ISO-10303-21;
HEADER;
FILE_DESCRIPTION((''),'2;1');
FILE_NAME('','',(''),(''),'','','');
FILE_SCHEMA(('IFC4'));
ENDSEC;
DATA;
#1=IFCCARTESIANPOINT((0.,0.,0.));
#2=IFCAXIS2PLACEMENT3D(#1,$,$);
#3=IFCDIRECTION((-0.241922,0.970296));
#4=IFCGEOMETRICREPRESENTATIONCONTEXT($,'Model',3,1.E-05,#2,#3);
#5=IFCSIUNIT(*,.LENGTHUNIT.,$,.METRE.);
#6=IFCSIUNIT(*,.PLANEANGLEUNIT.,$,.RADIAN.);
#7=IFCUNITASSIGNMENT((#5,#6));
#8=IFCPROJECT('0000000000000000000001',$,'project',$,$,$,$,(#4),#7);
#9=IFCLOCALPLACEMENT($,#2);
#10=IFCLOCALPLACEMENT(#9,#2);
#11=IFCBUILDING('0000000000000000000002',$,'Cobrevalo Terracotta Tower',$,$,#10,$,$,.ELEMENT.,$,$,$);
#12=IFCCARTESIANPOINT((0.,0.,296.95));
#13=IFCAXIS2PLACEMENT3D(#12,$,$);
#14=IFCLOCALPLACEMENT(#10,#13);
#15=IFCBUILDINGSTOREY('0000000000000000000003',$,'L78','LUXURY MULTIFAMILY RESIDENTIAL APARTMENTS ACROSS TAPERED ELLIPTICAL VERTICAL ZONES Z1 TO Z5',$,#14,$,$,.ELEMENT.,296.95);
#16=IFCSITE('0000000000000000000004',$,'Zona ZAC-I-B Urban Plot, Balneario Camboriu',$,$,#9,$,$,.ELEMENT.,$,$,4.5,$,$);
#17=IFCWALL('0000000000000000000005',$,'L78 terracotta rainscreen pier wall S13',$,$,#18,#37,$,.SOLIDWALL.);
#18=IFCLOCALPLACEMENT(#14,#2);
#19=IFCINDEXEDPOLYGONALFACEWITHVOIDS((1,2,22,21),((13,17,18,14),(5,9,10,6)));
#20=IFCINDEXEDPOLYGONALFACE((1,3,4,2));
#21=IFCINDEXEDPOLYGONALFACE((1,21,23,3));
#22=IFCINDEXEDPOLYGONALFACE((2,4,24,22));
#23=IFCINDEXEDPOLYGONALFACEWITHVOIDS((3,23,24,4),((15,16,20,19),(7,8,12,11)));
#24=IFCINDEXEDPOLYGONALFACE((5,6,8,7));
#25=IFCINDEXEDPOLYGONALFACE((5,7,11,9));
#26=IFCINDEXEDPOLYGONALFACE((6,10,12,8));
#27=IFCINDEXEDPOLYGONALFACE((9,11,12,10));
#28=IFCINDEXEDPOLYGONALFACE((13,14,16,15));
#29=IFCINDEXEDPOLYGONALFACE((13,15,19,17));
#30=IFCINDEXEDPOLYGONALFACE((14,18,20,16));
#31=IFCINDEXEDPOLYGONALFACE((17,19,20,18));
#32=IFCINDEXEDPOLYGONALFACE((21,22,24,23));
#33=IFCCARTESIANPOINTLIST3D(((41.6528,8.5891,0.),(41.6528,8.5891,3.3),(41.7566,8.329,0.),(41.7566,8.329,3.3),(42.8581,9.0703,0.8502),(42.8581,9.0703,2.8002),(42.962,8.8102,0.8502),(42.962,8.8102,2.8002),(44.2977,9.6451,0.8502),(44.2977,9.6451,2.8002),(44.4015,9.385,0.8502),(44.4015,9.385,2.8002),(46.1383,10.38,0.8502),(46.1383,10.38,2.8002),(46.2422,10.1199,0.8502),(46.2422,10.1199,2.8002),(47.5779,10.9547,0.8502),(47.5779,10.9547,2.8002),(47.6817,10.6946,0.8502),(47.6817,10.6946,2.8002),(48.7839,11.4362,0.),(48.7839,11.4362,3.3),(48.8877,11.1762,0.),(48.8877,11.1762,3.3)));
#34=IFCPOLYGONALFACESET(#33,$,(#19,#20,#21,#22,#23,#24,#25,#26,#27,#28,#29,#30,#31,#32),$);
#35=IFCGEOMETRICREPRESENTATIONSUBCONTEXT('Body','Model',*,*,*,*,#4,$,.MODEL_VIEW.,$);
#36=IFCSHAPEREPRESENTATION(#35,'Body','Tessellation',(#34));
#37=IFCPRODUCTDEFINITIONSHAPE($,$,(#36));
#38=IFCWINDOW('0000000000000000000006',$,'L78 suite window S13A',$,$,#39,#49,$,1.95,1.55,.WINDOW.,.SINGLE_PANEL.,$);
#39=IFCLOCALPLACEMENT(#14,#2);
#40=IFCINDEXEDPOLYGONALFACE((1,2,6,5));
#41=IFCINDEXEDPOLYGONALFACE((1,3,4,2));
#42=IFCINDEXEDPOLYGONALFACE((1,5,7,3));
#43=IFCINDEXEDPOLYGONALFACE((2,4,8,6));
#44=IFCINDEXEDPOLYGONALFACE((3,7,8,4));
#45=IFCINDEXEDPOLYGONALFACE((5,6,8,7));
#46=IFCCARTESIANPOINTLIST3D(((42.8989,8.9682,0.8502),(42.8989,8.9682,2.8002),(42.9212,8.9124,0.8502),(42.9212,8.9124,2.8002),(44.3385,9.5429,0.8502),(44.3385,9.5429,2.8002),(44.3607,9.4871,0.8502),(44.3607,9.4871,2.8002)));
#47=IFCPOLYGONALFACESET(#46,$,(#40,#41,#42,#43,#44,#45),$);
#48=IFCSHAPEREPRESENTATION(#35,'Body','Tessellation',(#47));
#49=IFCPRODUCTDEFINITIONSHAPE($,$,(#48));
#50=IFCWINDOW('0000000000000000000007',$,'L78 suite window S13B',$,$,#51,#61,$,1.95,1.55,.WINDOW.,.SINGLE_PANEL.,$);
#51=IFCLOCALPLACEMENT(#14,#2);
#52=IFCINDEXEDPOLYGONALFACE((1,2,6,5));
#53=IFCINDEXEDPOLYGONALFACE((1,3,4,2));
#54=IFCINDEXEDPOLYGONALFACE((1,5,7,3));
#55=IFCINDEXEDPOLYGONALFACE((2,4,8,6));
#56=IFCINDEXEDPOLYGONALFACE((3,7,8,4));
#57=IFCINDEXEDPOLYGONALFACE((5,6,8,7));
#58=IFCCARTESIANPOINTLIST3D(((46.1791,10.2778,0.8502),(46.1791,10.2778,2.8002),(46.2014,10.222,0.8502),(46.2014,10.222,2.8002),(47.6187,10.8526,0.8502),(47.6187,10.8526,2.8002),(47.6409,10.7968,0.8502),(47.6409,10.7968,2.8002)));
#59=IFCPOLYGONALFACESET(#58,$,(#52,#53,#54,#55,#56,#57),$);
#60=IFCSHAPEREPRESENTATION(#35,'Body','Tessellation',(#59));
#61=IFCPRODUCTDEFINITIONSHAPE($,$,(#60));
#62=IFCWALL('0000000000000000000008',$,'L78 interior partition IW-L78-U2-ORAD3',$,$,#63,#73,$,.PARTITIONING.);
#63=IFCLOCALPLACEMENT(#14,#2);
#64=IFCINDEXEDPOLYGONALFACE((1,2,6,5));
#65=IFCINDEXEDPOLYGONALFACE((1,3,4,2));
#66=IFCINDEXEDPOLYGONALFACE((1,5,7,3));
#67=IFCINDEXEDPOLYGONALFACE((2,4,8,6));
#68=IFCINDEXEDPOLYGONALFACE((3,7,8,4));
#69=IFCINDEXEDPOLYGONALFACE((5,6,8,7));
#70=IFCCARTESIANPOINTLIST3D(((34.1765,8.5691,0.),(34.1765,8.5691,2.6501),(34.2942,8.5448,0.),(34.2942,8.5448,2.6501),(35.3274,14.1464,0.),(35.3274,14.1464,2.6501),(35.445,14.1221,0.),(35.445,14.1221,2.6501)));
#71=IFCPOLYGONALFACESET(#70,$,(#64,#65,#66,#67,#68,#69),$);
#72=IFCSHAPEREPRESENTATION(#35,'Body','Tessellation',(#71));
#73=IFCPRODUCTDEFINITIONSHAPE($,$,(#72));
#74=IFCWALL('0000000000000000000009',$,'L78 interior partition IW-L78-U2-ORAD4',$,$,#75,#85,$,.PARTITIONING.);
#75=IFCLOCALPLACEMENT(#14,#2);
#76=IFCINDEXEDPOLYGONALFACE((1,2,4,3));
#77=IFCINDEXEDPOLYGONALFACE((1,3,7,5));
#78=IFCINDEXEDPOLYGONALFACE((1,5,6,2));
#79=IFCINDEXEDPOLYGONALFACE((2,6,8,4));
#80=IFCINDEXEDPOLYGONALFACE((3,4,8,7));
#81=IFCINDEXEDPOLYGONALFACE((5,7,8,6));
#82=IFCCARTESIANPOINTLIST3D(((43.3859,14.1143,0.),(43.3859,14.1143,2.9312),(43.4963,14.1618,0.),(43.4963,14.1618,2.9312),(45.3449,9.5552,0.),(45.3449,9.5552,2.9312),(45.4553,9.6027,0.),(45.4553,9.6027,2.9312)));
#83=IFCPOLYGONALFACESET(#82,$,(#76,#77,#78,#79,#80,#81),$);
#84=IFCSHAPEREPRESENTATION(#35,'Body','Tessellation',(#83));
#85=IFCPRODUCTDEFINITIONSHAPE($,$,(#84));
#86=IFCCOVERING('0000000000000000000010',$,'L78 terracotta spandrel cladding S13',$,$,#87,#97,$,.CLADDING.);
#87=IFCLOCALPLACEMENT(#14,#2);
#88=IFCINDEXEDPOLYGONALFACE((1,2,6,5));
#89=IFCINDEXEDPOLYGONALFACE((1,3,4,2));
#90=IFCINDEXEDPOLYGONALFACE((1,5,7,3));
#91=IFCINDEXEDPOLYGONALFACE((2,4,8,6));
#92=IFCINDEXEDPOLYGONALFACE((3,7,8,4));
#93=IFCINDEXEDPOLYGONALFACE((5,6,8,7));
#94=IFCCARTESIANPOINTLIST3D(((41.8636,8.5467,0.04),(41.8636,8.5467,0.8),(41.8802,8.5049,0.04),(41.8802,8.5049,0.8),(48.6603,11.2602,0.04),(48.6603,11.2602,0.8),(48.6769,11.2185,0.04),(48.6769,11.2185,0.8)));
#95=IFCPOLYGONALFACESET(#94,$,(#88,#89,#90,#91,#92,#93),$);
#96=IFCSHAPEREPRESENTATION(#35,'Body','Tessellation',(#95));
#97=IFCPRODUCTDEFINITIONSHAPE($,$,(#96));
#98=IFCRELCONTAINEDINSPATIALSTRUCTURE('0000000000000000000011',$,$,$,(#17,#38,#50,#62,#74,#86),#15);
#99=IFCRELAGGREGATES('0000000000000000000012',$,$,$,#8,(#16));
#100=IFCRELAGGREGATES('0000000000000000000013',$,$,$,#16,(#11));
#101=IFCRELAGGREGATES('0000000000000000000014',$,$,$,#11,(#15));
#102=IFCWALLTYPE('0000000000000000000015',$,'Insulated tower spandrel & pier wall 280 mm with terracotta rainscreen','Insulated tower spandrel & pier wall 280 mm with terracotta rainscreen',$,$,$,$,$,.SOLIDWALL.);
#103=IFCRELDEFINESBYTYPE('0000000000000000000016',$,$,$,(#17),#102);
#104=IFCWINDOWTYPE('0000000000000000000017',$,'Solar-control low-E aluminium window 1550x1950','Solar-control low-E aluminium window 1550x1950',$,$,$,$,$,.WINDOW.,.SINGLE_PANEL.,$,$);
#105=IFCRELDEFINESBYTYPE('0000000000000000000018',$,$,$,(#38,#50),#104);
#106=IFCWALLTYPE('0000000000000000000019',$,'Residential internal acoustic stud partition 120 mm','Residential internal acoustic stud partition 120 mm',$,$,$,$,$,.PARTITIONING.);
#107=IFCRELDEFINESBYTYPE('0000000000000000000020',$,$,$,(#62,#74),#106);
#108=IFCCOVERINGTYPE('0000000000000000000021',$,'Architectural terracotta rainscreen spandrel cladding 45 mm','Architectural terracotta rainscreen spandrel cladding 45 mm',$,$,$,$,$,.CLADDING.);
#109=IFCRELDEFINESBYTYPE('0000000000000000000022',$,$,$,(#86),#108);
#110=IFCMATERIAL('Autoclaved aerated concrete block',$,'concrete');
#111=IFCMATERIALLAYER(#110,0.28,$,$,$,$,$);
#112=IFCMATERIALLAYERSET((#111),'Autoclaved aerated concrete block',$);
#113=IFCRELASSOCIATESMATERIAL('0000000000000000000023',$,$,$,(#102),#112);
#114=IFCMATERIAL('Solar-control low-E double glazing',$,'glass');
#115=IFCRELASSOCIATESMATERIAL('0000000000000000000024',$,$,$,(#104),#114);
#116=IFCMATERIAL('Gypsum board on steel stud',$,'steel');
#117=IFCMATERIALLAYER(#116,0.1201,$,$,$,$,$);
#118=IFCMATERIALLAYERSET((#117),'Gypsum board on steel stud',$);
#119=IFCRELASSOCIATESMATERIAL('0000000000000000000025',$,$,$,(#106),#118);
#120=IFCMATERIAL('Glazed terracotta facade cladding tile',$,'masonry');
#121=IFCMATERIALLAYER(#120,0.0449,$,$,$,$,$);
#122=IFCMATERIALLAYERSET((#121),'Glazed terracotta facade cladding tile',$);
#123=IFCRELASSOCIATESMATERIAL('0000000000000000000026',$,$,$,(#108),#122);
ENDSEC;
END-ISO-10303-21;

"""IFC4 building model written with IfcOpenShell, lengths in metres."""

from ifc_helpers import new_model, si_unit, direction, frame, frame_2d, origin, origin_2d, place, context, subcontext, project, spatial, rectangle, extrude, source, transform, mapped, material, layer, layer_set, type_object, element, fill, save


model = new_model("IFC4")

# Units and contexts
model_context = context("Model", 3, precision=1e-05, world=origin(), true_north=direction((-0.241922, 0.970296)))
body_context = subcontext(model_context, "Body", "Model", "MODEL_VIEW")
ifc_project = project(units=[si_unit("LENGTHUNIT", "METRE"), si_unit("PLANEANGLEUNIT", "RADIAN")], contexts=[model_context])

# Site, building, storey
site_placement = place(None, origin())
site = spatial("IfcSite", under=ifc_project, at=site_placement, Name="Zona ZAC-I-B Urban Plot, Balneario Camboriu", CompositionType="ELEMENT", RefElevation=4.5)
building_placement = place(site_placement, origin())
building = spatial("IfcBuilding", under=site, at=building_placement, Name="Cobrevalo Terracotta Tower", CompositionType="ELEMENT")
storey_placement = place(building_placement, frame((0.0, 0.0, 296.95)))
storey = spatial("IfcBuildingStorey", under=building, at=storey_placement, Name="L78", Description="LUXURY MULTIFAMILY RESIDENTIAL APARTMENTS ACROSS TAPERED ELLIPTICAL VERTICAL ZONES Z1 TO Z5", CompositionType="ELEMENT", Elevation=296.95)

# Wall, openings, windows
ifc_material_1 = material(Name="Autoclaved aerated concrete block", Category="concrete")
ifc_layer_1 = layer(ifc_material_1, 0.28)
ifc_layer_set_1 = layer_set([ifc_layer_1], Name="Autoclaved aerated concrete block")
wall_type_1 = type_object("IfcWallType", Name="Insulated tower spandrel & pier wall 280 mm with terracotta rainscreen", Description="Insulated tower spandrel & pier wall 280 mm with terracotta rainscreen", PredefinedType="SOLIDWALL", material=ifc_layer_set_1)
wall_1_placement = place(storey_placement, frame((41.7046, 8.459, 0.0), z_axis=(0.0, 0.0, 1.0), x_axis=(0.928713, 0.370799, 0.0)))
wall_1 = element("IfcWall", 1, at=wall_1_placement, inside=storey, type_object=wall_type_1, Name="L78 terracotta rainscreen pier wall S13", PredefinedType="SOLIDWALL", context=body_context, shape_type="SweptSolid", body=[
    extrude(rectangle(XDim=7.6785, YDim=0.28, at=frame_2d((3.8394, 0.0))), origin(), (0.0, 0.0, 1.0), 3.3),
])
opening_1_placement = place(wall_1_placement, frame((1.2981, 0.0, 0.8501)))
opening_1 = element("IfcOpeningElement", 2, at=opening_1_placement, cuts=wall_1, PredefinedType="OPENING", context=body_context, shape_type="SweptSolid", body=[
    extrude(rectangle(XDim=1.55, YDim=1.95, at=frame_2d((0.7749, 0.9751))), frame((0.0, 0.1499, 0.0), z_axis=(0.0, -1.0, 0.0), x_axis=(1.0, 0.0, 0.0)), (0.0, 0.0, 1.0), 0.3),
])
opening_2_placement = place(wall_1_placement, frame((4.8301, 0.0, 0.8501)))
opening_2 = element("IfcOpeningElement", 3, at=opening_2_placement, cuts=wall_1, PredefinedType="OPENING", context=body_context, shape_type="SweptSolid", body=[
    extrude(rectangle(XDim=1.55, YDim=1.95, at=frame_2d((0.7749, 0.9751))), frame((0.0, 0.1499, 0.0), z_axis=(0.0, -1.0, 0.0), x_axis=(1.0, 0.0, 0.0)), (0.0, 0.0, 1.0), 0.3),
])
ifc_material_2 = material(Name="Solar-control low-E double glazing", Category="glass")
window_type = type_object("IfcWindowType", Name="Solar-control low-E aluminium window 1550x1950", Description="Solar-control low-E aluminium window 1550x1950", PartitioningType="SINGLE_PANEL", PredefinedType="WINDOW", material=ifc_material_2)
shared_shape_1 = source(origin(), body_context, "Body", "SweptSolid", [
    extrude(rectangle(XDim=1.55, YDim=1.95, at=frame_2d((0.7749, 0.9751))), frame((0.0, 0.03, 0.0), z_axis=(0.0, -1.0, 0.0), x_axis=(1.0, 0.0, 0.0)), (0.0, 0.0, 1.0), 0.0601),
])
window_1_placement = place(opening_1_placement, origin())
window_1 = element("IfcWindow", 4, at=window_1_placement, inside=storey, type_object=window_type, Name="L78 suite window S13A", OverallHeight=1.95, OverallWidth=1.55, PartitioningType="SINGLE_PANEL", PredefinedType="WINDOW", context=body_context, shape_type="MappedRepresentation", body=[
    mapped(shared_shape_1, transform((0.0, 0.0, 0.0), scale=1.0)),
])
fill(opening_1, window_1)
window_2_placement = place(opening_2_placement, origin())
window_2 = element("IfcWindow", 5, at=window_2_placement, inside=storey, type_object=window_type, Name="L78 suite window S13B", OverallHeight=1.95, OverallWidth=1.55, PartitioningType="SINGLE_PANEL", PredefinedType="WINDOW", context=body_context, shape_type="MappedRepresentation", body=[
    mapped(shared_shape_1, transform((0.0, 0.0, 0.0), scale=1.0)),
])
fill(opening_2, window_2)

# Walls
ifc_material_3 = material(Name="Gypsum board on steel stud", Category="steel")
ifc_layer_2 = layer(ifc_material_3, 0.1201)
ifc_layer_set_2 = layer_set([ifc_layer_2], Name="Gypsum board on steel stud")
wall_type_2 = type_object("IfcWallType", Name="Residential internal acoustic stud partition 120 mm", Description="Residential internal acoustic stud partition 120 mm", PredefinedType="PARTITIONING", material=ifc_layer_set_2)
wall_2_placement = place(storey_placement, frame((35.3862, 14.1343, 0.0), z_axis=(0.0, 0.0, 1.0), x_axis=(-0.20209, -0.979367, 0.0)))
element("IfcWall", 6, at=wall_2_placement, inside=storey, type_object=wall_type_2, Name="L78 interior partition IW-L78-U2-ORAD3", PredefinedType="PARTITIONING", context=body_context, shape_type="SweptSolid", body=[
    extrude(rectangle(XDim=5.6948, YDim=0.1201, at=frame_2d((2.8474, 0.0))), origin(), (0.0, 0.0, 1.0), 2.6501),
])
wall_3_placement = place(storey_placement, frame((43.4412, 14.1379, 0.0), z_axis=(0.0, 0.0, 1.0), x_axis=(0.394786, -0.918773, 0.0)))
element("IfcWall", 7, at=wall_3_placement, inside=storey, type_object=wall_type_2, Name="L78 interior partition IW-L78-U2-ORAD4", PredefinedType="PARTITIONING", context=body_context, shape_type="SweptSolid", body=[
    extrude(rectangle(XDim=4.9622, YDim=0.1201, at=frame_2d((2.481, 0.0))), origin(), (0.0, 0.0, 1.0), 2.9312),
])

# Covering
ifc_material_4 = material(Name="Glazed terracotta facade cladding tile", Category="masonry")
ifc_layer_3 = layer(ifc_material_4, 0.0449)
ifc_layer_set_3 = layer_set([ifc_layer_3], Name="Glazed terracotta facade cladding tile")
covering_type = type_object("IfcCoveringType", Name="Architectural terracotta rainscreen spandrel cladding 45 mm", Description="Architectural terracotta rainscreen spandrel cladding 45 mm", PredefinedType="CLADDING", material=ifc_layer_set_3)
shared_shape_2 = source(origin(), body_context, "Body", "SweptSolid", [
    extrude(rectangle(XDim=7.3184, YDim=0.0449, at=origin_2d()), origin(), (0.0, 0.0, 1.0), 0.76),
])
covering_placement = place(storey_placement, frame((45.2703, 9.8826, 0.04), z_axis=(0.0, 0.0, 1.0), x_axis=(0.928718, 0.370786, 0.0)))
element("IfcCovering", 8, at=covering_placement, inside=storey, type_object=covering_type, Name="L78 terracotta spandrel cladding S13", PredefinedType="CLADDING", context=body_context, shape_type="MappedRepresentation", body=[
    mapped(shared_shape_2, transform((0.0, 0.0, 0.0), scale=1.0)),
])

save(model, "model.ifc")
